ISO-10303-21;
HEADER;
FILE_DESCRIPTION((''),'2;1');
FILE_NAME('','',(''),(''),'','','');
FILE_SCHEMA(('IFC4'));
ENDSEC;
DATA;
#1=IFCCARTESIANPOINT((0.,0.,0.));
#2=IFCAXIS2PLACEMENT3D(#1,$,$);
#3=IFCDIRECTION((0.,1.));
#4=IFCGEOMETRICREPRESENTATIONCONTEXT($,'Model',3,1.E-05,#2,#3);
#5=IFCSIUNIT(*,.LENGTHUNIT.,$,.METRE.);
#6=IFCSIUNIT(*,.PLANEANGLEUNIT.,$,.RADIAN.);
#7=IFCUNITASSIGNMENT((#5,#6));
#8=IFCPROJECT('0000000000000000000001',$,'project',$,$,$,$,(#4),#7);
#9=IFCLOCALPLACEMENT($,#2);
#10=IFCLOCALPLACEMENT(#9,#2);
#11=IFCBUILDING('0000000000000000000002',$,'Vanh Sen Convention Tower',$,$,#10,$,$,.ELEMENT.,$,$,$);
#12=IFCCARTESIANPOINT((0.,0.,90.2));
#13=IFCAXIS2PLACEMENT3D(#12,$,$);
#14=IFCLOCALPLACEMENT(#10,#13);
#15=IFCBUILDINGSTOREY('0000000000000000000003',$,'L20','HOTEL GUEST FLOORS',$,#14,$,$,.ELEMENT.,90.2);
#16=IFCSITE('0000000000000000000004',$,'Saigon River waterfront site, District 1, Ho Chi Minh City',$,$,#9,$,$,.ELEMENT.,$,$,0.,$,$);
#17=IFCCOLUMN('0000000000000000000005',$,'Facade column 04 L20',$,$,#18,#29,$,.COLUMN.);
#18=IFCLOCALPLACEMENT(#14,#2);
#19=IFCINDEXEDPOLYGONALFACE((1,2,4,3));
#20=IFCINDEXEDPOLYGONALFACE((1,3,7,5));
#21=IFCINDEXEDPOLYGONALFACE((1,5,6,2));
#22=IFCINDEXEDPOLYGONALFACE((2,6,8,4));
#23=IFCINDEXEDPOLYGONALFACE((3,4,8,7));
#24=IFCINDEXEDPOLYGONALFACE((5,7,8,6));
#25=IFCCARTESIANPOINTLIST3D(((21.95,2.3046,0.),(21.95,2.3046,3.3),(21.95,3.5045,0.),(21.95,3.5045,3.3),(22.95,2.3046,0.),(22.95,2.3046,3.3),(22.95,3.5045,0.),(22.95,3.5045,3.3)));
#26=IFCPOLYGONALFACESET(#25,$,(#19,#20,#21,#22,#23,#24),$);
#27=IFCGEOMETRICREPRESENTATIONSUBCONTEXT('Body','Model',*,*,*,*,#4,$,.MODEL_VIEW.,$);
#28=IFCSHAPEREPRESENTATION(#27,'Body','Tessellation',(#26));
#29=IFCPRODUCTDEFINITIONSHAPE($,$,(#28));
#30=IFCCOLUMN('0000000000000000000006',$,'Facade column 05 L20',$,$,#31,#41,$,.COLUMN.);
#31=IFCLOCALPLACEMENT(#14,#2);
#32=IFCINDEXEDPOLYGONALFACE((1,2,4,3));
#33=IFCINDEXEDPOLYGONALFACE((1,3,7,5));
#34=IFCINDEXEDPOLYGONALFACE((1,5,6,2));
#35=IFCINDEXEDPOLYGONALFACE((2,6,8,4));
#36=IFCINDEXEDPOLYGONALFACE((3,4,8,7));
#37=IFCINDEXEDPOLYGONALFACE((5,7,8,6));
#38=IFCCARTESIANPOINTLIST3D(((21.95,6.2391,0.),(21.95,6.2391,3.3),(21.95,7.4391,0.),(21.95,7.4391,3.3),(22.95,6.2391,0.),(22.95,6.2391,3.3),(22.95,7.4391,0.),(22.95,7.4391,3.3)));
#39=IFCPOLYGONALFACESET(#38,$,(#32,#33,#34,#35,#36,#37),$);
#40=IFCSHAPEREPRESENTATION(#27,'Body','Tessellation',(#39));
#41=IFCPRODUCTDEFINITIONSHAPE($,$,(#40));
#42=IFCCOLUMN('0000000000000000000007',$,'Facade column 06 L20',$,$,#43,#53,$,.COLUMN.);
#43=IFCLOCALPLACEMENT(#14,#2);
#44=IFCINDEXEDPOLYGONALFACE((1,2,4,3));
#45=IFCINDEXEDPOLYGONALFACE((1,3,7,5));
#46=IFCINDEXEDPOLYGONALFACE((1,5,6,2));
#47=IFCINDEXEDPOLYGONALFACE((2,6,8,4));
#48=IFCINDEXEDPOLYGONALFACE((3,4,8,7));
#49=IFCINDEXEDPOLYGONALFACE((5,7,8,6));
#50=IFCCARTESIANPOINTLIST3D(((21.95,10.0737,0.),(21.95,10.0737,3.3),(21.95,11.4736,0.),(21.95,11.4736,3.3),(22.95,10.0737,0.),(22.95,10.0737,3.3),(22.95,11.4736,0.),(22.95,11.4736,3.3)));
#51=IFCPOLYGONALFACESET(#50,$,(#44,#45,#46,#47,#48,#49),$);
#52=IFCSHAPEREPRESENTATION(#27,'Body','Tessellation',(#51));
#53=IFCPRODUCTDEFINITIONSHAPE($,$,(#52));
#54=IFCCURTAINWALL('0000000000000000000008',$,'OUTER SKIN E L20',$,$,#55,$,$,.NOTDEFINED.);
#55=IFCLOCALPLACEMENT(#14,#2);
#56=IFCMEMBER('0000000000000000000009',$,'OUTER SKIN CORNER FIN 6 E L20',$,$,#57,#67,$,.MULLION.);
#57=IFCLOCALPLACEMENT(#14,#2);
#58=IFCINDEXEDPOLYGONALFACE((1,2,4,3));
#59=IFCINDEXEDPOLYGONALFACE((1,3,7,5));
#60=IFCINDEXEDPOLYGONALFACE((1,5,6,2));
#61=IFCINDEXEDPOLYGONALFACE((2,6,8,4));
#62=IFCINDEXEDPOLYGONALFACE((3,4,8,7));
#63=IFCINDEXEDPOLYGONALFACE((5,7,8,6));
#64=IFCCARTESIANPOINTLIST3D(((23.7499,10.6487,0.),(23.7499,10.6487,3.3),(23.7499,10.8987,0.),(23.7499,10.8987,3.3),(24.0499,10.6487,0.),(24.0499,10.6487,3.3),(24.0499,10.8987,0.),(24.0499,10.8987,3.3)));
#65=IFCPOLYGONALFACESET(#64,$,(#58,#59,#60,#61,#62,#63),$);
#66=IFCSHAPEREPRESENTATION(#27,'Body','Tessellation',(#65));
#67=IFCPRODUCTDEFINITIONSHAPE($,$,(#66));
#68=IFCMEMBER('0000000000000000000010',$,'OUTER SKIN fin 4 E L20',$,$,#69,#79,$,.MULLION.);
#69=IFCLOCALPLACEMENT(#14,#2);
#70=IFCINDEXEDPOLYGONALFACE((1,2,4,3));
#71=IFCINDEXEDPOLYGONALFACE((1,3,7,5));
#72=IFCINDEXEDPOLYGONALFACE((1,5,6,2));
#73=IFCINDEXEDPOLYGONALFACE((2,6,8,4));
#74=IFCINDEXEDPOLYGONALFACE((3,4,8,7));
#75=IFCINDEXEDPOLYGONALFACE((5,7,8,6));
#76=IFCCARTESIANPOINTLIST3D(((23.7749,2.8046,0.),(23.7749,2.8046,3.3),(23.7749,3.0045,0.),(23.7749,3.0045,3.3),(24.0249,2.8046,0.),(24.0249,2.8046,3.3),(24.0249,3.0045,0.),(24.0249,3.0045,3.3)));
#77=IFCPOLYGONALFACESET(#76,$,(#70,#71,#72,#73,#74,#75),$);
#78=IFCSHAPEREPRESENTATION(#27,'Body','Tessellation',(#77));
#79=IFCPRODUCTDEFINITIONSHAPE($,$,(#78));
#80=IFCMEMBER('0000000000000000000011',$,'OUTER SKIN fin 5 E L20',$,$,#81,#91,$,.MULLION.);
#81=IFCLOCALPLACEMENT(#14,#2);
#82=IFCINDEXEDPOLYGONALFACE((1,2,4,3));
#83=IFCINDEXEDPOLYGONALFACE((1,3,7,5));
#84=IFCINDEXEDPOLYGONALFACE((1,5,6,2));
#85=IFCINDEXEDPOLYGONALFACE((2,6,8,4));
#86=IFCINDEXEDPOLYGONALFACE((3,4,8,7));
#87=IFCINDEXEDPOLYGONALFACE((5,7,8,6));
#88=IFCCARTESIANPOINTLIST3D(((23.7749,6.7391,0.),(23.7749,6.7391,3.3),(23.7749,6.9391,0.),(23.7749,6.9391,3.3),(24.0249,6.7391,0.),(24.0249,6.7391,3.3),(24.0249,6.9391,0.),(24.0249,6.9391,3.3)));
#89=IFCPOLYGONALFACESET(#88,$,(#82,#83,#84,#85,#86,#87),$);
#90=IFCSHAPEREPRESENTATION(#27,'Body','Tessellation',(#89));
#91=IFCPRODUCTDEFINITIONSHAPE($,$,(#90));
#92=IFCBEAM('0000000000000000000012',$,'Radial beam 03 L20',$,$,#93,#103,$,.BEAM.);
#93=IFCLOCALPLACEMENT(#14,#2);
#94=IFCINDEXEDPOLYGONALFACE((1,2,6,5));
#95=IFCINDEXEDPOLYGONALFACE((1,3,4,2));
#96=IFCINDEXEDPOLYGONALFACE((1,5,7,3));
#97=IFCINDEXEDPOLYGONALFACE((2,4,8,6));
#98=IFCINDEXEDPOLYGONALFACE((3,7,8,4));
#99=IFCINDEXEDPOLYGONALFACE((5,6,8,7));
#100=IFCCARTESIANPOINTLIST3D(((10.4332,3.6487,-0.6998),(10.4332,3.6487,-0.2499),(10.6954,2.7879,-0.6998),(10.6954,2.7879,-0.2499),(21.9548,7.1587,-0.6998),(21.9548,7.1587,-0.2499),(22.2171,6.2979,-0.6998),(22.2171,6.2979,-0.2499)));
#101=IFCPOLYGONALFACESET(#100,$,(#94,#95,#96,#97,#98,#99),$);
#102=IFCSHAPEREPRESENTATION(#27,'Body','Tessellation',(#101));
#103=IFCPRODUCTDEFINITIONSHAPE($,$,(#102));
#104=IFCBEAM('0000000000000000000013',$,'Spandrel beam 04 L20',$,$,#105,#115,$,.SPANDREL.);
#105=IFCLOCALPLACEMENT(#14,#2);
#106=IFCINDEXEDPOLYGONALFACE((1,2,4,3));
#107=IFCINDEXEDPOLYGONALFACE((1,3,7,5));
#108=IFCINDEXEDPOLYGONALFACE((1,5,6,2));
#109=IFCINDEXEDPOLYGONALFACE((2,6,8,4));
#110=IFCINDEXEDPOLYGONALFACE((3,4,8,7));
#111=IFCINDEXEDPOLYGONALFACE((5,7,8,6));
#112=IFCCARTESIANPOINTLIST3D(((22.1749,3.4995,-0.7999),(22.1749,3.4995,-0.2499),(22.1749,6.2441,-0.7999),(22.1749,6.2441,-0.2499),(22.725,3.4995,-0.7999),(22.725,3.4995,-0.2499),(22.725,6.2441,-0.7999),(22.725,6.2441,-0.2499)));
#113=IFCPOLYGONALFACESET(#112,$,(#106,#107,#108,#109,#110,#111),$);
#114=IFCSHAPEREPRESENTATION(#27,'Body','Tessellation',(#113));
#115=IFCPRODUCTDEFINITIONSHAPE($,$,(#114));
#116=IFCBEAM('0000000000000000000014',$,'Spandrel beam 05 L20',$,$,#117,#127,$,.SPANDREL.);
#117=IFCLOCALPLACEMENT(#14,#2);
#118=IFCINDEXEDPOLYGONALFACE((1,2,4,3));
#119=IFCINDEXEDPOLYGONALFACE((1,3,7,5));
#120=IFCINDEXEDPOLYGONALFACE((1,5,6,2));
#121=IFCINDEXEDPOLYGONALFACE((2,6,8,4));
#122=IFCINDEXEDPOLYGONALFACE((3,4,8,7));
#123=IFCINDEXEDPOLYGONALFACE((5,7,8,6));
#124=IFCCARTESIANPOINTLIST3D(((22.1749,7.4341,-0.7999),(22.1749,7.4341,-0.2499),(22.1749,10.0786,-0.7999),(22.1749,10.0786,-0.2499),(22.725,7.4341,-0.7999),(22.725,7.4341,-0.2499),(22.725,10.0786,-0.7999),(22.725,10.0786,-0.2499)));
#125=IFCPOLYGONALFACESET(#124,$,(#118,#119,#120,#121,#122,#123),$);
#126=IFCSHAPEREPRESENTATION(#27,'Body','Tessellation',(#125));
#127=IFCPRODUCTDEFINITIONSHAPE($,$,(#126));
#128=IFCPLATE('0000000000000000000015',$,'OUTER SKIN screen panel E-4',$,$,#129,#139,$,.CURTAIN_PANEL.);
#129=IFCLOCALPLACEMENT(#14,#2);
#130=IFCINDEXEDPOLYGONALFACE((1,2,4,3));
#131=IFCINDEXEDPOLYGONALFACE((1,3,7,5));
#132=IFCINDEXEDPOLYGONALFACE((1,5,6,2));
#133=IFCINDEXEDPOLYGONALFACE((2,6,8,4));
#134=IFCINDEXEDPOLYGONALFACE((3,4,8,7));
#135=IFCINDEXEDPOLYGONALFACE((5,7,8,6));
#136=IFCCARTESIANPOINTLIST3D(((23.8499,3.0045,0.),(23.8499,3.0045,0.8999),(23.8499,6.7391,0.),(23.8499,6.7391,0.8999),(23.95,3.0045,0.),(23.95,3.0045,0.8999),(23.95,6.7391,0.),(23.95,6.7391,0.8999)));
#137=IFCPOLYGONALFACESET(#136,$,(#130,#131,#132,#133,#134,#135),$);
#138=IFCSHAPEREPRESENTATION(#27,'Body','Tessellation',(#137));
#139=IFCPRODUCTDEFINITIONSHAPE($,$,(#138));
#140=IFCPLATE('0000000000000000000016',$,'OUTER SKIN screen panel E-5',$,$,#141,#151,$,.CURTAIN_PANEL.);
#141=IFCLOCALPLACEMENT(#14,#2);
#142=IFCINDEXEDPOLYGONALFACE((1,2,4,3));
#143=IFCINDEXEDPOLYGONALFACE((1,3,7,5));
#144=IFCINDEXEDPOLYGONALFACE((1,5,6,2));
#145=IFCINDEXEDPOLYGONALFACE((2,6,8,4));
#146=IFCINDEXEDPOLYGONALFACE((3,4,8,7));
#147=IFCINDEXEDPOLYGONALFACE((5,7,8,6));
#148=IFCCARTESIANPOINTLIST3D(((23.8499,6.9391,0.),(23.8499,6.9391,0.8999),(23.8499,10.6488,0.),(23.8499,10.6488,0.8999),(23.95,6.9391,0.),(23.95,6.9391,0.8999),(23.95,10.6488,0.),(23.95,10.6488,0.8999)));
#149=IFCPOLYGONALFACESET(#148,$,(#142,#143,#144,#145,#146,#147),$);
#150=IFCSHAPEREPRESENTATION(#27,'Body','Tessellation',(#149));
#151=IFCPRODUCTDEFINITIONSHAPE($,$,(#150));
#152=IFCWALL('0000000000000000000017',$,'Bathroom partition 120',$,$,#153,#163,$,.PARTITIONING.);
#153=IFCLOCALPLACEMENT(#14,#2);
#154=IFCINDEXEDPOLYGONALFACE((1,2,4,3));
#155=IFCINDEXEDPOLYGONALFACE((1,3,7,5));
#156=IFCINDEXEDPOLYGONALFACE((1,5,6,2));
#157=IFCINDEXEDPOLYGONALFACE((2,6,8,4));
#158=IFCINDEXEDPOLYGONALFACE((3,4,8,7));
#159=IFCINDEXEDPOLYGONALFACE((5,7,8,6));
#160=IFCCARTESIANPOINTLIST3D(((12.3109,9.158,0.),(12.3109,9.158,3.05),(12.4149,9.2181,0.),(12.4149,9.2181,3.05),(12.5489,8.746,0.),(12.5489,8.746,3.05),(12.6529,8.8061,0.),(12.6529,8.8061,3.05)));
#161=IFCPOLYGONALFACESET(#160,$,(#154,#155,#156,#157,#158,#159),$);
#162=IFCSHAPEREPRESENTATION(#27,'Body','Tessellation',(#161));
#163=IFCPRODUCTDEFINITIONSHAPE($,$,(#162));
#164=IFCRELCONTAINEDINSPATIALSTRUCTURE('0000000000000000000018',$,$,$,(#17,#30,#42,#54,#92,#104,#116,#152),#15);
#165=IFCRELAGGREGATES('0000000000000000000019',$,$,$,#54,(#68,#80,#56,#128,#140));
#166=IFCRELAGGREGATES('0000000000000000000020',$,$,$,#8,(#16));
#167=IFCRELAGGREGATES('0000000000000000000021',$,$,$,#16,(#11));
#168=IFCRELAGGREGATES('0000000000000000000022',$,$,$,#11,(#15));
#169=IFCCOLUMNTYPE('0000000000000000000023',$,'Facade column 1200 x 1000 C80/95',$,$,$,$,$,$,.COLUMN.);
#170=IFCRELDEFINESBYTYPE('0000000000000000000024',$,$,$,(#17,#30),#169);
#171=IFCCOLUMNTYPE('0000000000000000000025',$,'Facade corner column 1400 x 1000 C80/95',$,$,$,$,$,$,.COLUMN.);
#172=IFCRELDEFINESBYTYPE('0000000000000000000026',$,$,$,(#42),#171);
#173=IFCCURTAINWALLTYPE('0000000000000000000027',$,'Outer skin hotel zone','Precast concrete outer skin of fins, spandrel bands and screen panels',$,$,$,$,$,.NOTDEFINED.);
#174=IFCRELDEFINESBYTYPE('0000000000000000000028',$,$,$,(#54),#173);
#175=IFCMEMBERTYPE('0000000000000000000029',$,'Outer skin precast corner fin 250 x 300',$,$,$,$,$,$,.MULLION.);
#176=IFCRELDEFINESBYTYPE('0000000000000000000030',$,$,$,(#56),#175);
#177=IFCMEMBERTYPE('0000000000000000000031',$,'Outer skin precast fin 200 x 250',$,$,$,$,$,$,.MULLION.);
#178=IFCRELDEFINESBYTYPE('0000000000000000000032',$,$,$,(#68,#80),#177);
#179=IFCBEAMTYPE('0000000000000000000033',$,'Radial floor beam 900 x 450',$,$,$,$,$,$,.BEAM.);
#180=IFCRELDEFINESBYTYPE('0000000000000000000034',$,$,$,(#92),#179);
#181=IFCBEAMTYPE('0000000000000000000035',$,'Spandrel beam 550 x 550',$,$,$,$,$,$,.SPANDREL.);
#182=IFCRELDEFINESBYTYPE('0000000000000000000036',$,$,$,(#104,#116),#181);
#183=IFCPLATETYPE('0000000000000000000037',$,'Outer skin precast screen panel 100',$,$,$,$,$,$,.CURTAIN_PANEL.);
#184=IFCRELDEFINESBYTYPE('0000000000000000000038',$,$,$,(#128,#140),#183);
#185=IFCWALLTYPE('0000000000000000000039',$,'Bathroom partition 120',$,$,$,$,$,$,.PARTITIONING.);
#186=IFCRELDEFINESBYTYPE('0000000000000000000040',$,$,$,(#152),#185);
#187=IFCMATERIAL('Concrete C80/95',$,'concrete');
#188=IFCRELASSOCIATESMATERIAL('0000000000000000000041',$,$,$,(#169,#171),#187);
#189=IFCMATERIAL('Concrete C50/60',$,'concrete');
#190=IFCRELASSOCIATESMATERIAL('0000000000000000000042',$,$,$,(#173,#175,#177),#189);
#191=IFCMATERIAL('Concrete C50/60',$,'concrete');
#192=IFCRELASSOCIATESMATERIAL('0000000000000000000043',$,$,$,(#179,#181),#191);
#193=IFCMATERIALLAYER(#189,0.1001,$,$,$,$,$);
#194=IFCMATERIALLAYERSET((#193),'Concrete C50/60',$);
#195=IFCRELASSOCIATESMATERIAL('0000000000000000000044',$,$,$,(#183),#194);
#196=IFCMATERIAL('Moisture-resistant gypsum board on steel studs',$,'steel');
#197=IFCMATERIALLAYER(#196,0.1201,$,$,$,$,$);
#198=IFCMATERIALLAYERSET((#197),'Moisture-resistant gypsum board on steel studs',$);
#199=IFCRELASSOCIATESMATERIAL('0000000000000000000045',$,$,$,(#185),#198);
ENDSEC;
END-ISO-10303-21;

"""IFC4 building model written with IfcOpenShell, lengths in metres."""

from ifc_helpers import new_model, si_unit, direction, frame, frame_2d, origin, origin_2d, place, context, subcontext, project, spatial, rectangle, extrude, material, layer, layer_set, material_profile, profile_set, type_object, element, aggregate, save


model = new_model("IFC4")

# Units and contexts
model_context = context("Model", 3, precision=1e-05, world=origin(), true_north=direction((0.0, 1.0)))
body_context = subcontext(model_context, "Body", "Model", "MODEL_VIEW")
ifc_project = project(units=[si_unit("LENGTHUNIT", "METRE"), si_unit("PLANEANGLEUNIT", "RADIAN")], contexts=[model_context])

# Site, building, storey
site_placement = place(None, origin())
site = spatial("IfcSite", under=ifc_project, at=site_placement, Name="Saigon River waterfront site, District 1, Ho Chi Minh City", CompositionType="ELEMENT", RefElevation=0.0)
building_placement = place(site_placement, origin())
building = spatial("IfcBuilding", under=site, at=building_placement, Name="Vanh Sen Convention Tower", CompositionType="ELEMENT")
storey_placement = place(building_placement, frame((0.0, 0.0, 90.2)))
storey = spatial("IfcBuildingStorey", under=building, at=storey_placement, Name="L20", Description="HOTEL GUEST FLOORS", CompositionType="ELEMENT", Elevation=90.2)

# Columns
ifc_material_1 = material(Name="Concrete C80/95", Category="concrete")
ifc_material_profile_1 = material_profile(ifc_material_1, rectangle(XDim=1.2, YDim=1.0, at=origin_2d()), Name="RC 1200X1000")
ifc_profile_set_1 = profile_set([ifc_material_profile_1], Name="Concrete C80/95")
column_type_1 = type_object("IfcColumnType", Name="Facade column 1200 x 1000 C80/95", PredefinedType="COLUMN", material=ifc_profile_set_1)
for number, where, z_axis, x_axis, name in (
    (1, (22.45, 2.9045, 0.0), (0.0, 0.0, 1.0), (0.0, 1.0, 0.0), "Facade column 04 L20"),
    (2, (22.45, 6.8391, 0.0), (0.0, 0.0, 1.0), (0.0, 1.0, 0.0), "Facade column 05 L20"),
):
    element("IfcColumn", number, at=place(storey_placement, frame(where, z_axis=z_axis, x_axis=x_axis)), inside=storey, type_object=column_type_1, Name=name, PredefinedType="COLUMN", context=body_context, shape_type="SweptSolid", body=[
        extrude(rectangle(XDim=1.2, YDim=1.0, at=origin_2d()), origin(), (0.0, 0.0, 1.0), 3.3),
    ])
ifc_material_profile_2 = material_profile(ifc_material_1, rectangle(XDim=1.3999, YDim=1.0, at=origin_2d()), Name="RC 1400X1000")
ifc_profile_set_2 = profile_set([ifc_material_profile_2], Name="Concrete C80/95")
column_type_2 = type_object("IfcColumnType", Name="Facade corner column 1400 x 1000 C80/95", PredefinedType="COLUMN", material=ifc_profile_set_2)
column_placement = place(storey_placement, frame((22.45, 10.7737, 0.0), z_axis=(0.0, 0.0, 1.0), x_axis=(0.0, 1.0, 0.0)))
element("IfcColumn", 3, at=column_placement, inside=storey, type_object=column_type_2, Name="Facade column 06 L20", PredefinedType="COLUMN", context=body_context, shape_type="SweptSolid", body=[
    extrude(rectangle(XDim=1.3999, YDim=1.0, at=origin_2d()), origin(), (0.0, 0.0, 1.0), 3.3),
])

# Curtain wall, members
ifc_material_2 = material(Name="Concrete C50/60", Category="concrete")
curtain_wall_type = type_object("IfcCurtainWallType", Name="Outer skin hotel zone", Description="Precast concrete outer skin of fins, spandrel bands and screen panels", PredefinedType="NOTDEFINED", material=ifc_material_2)
curtain_wall_placement = place(storey_placement, origin())
curtain_wall = element("IfcCurtainWall", 4, at=curtain_wall_placement, inside=storey, type_object=curtain_wall_type, Name="OUTER SKIN E L20", PredefinedType="NOTDEFINED")
ifc_material_profile_3 = material_profile(ifc_material_2, rectangle(XDim=0.25, YDim=0.3, at=origin_2d()), Name="Outer skin precast corner fin 250 x 300")
ifc_profile_set_3 = profile_set([ifc_material_profile_3], Name="Concrete C50/60")
member_type_1 = type_object("IfcMemberType", Name="Outer skin precast corner fin 250 x 300", PredefinedType="MULLION", material=ifc_profile_set_3)
member_1_placement = place(storey_placement, frame((23.8999, 10.7737, 0.0), z_axis=(0.0, 0.0, 1.0), x_axis=(0.0, 1.0, 0.0)))
member_1 = element("IfcMember", 5, at=member_1_placement, type_object=member_type_1, Name="OUTER SKIN CORNER FIN 6 E L20", PredefinedType="MULLION", context=body_context, shape_type="SweptSolid", body=[
    extrude(rectangle(XDim=0.25, YDim=0.3, at=origin_2d()), origin(), (0.0, 0.0, 1.0), 3.3),
])
ifc_material_profile_4 = material_profile(ifc_material_2, rectangle(XDim=0.2, YDim=0.25, at=origin_2d()), Name="Outer skin precast fin 200 x 250")
ifc_profile_set_4 = profile_set([ifc_material_profile_4], Name="Concrete C50/60")
member_type_2 = type_object("IfcMemberType", Name="Outer skin precast fin 200 x 250", PredefinedType="MULLION", material=ifc_profile_set_4)
member_2_placement = place(storey_placement, frame((23.8999, 2.9045, 0.0), z_axis=(0.0, 0.0, 1.0), x_axis=(0.0, 1.0, 0.0)))
member_2 = element("IfcMember", 6, at=member_2_placement, type_object=member_type_2, Name="OUTER SKIN fin 4 E L20", PredefinedType="MULLION", context=body_context, shape_type="SweptSolid", body=[
    extrude(rectangle(XDim=0.2, YDim=0.25, at=origin_2d()), origin(), (0.0, 0.0, 1.0), 3.3),
])
member_3_placement = place(storey_placement, frame((23.8999, 6.8391, 0.0), z_axis=(0.0, 0.0, 1.0), x_axis=(0.0, 1.0, 0.0)))
member_3 = element("IfcMember", 7, at=member_3_placement, type_object=member_type_2, Name="OUTER SKIN fin 5 E L20", PredefinedType="MULLION", context=body_context, shape_type="SweptSolid", body=[
    extrude(rectangle(XDim=0.2, YDim=0.25, at=origin_2d()), origin(), (0.0, 0.0, 1.0), 3.3),
])

# Beams
ifc_material_3 = material(Name="Concrete C50/60", Category="concrete")
ifc_material_profile_5 = material_profile(ifc_material_3, rectangle(XDim=0.8999, YDim=0.45, at=origin_2d()), Name="RC 900X450")
ifc_profile_set_5 = profile_set([ifc_material_profile_5], Name="Concrete C50/60")
beam_type_1 = type_object("IfcBeamType", Name="Radial floor beam 900 x 450", PredefinedType="BEAM", material=ifc_profile_set_5)
beam_1_placement = place(storey_placement, frame((22.0859, 6.7283, -0.4749), z_axis=(-0.956595, -0.29142, 0.0), x_axis=(0.29142, -0.956595, 0.0)))
element("IfcBeam", 8, at=beam_1_placement, inside=storey, type_object=beam_type_1, Name="Radial beam 03 L20", PredefinedType="BEAM", context=body_context, shape_type="SweptSolid", body=[
    extrude(rectangle(XDim=0.8999, YDim=0.45, at=origin_2d()), origin(), (0.0, 0.0, 1.0), 12.0444),
])
ifc_material_profile_6 = material_profile(ifc_material_3, rectangle(XDim=0.55, YDim=0.55, at=origin_2d()), Name="RC 550X550")
ifc_profile_set_6 = profile_set([ifc_material_profile_6], Name="Concrete C50/60")
beam_type_2 = type_object("IfcBeamType", Name="Spandrel beam 550 x 550", PredefinedType="SPANDREL", material=ifc_profile_set_6)
beam_2_placement = place(storey_placement, frame((22.45, 3.4995, -0.5249), z_axis=(0.0, 1.0, 0.0), x_axis=(-1.0, 0.0, 0.0)))
element("IfcBeam", 9, at=beam_2_placement, inside=storey, type_object=beam_type_2, Name="Spandrel beam 04 L20", PredefinedType="SPANDREL", context=body_context, shape_type="SweptSolid", body=[
    extrude(rectangle(XDim=0.55, YDim=0.55, at=origin_2d()), origin(), (0.0, 0.0, 1.0), 2.7446),
])
beam_3_placement = place(storey_placement, frame((22.45, 7.4341, -0.5249), z_axis=(0.0, 1.0, 0.0), x_axis=(-1.0, 0.0, 0.0)))
element("IfcBeam", 10, at=beam_3_placement, inside=storey, type_object=beam_type_2, Name="Spandrel beam 05 L20", PredefinedType="SPANDREL", context=body_context, shape_type="SweptSolid", body=[
    extrude(rectangle(XDim=0.55, YDim=0.55, at=origin_2d()), origin(), (0.0, 0.0, 1.0), 2.6445),
])

# Plates
ifc_layer_1 = layer(ifc_material_2, 0.1001)
ifc_layer_set_1 = layer_set([ifc_layer_1], Name="Concrete C50/60")
plate_type = type_object("IfcPlateType", Name="Outer skin precast screen panel 100", PredefinedType="CURTAIN_PANEL", material=ifc_layer_set_1)
plate_1_placement = place(storey_placement, frame((23.8999, 4.8718, 0.0), z_axis=(0.0, 0.0, 1.0), x_axis=(0.0, 1.0, 0.0)))
plate_1 = element("IfcPlate", 11, at=plate_1_placement, type_object=plate_type, Name="OUTER SKIN screen panel E-4", PredefinedType="CURTAIN_PANEL", context=body_context, shape_type="SweptSolid", body=[
    extrude(rectangle(XDim=3.7346, YDim=0.1001, at=origin_2d()), origin(), (0.0, 0.0, 1.0), 0.8999),
])
plate_2_placement = place(storey_placement, frame((23.8999, 8.7939, 0.0), z_axis=(0.0, 0.0, 1.0), x_axis=(0.0, 1.0, 0.0)))
plate_2 = element("IfcPlate", 12, at=plate_2_placement, type_object=plate_type, Name="OUTER SKIN screen panel E-5", PredefinedType="CURTAIN_PANEL", context=body_context, shape_type="SweptSolid", body=[
    extrude(rectangle(XDim=3.7097, YDim=0.1001, at=origin_2d()), origin(), (0.0, 0.0, 1.0), 0.8999),
])
aggregate(curtain_wall, [member_2, member_3, member_1, plate_1, plate_2])

# Wall
ifc_material_4 = material(Name="Moisture-resistant gypsum board on steel studs", Category="steel")
ifc_layer_2 = layer(ifc_material_4, 0.1201)
ifc_layer_set_2 = layer_set([ifc_layer_2], Name="Moisture-resistant gypsum board on steel studs")
wall_type_1 = type_object("IfcWallType", Name="Bathroom partition 120", PredefinedType="PARTITIONING", material=ifc_layer_set_2)
wall_1_placement = place(storey_placement, frame((12.6008, 8.7761, 0.0), z_axis=(0.0, 0.0, 1.0), x_axis=(-0.500166, 0.865929, 0.0)))
element("IfcWall", 13, at=wall_1_placement, inside=storey, type_object=wall_type_1, Name="Bathroom partition 120", PredefinedType="PARTITIONING", context=body_context, shape_type="SweptSolid", body=[
    extrude(rectangle(XDim=0.4758, YDim=0.1201, at=frame_2d((0.2378, 0.0))), origin(), (0.0, 0.0, 1.0), 3.05),
])

save(model, "model.ifc")
